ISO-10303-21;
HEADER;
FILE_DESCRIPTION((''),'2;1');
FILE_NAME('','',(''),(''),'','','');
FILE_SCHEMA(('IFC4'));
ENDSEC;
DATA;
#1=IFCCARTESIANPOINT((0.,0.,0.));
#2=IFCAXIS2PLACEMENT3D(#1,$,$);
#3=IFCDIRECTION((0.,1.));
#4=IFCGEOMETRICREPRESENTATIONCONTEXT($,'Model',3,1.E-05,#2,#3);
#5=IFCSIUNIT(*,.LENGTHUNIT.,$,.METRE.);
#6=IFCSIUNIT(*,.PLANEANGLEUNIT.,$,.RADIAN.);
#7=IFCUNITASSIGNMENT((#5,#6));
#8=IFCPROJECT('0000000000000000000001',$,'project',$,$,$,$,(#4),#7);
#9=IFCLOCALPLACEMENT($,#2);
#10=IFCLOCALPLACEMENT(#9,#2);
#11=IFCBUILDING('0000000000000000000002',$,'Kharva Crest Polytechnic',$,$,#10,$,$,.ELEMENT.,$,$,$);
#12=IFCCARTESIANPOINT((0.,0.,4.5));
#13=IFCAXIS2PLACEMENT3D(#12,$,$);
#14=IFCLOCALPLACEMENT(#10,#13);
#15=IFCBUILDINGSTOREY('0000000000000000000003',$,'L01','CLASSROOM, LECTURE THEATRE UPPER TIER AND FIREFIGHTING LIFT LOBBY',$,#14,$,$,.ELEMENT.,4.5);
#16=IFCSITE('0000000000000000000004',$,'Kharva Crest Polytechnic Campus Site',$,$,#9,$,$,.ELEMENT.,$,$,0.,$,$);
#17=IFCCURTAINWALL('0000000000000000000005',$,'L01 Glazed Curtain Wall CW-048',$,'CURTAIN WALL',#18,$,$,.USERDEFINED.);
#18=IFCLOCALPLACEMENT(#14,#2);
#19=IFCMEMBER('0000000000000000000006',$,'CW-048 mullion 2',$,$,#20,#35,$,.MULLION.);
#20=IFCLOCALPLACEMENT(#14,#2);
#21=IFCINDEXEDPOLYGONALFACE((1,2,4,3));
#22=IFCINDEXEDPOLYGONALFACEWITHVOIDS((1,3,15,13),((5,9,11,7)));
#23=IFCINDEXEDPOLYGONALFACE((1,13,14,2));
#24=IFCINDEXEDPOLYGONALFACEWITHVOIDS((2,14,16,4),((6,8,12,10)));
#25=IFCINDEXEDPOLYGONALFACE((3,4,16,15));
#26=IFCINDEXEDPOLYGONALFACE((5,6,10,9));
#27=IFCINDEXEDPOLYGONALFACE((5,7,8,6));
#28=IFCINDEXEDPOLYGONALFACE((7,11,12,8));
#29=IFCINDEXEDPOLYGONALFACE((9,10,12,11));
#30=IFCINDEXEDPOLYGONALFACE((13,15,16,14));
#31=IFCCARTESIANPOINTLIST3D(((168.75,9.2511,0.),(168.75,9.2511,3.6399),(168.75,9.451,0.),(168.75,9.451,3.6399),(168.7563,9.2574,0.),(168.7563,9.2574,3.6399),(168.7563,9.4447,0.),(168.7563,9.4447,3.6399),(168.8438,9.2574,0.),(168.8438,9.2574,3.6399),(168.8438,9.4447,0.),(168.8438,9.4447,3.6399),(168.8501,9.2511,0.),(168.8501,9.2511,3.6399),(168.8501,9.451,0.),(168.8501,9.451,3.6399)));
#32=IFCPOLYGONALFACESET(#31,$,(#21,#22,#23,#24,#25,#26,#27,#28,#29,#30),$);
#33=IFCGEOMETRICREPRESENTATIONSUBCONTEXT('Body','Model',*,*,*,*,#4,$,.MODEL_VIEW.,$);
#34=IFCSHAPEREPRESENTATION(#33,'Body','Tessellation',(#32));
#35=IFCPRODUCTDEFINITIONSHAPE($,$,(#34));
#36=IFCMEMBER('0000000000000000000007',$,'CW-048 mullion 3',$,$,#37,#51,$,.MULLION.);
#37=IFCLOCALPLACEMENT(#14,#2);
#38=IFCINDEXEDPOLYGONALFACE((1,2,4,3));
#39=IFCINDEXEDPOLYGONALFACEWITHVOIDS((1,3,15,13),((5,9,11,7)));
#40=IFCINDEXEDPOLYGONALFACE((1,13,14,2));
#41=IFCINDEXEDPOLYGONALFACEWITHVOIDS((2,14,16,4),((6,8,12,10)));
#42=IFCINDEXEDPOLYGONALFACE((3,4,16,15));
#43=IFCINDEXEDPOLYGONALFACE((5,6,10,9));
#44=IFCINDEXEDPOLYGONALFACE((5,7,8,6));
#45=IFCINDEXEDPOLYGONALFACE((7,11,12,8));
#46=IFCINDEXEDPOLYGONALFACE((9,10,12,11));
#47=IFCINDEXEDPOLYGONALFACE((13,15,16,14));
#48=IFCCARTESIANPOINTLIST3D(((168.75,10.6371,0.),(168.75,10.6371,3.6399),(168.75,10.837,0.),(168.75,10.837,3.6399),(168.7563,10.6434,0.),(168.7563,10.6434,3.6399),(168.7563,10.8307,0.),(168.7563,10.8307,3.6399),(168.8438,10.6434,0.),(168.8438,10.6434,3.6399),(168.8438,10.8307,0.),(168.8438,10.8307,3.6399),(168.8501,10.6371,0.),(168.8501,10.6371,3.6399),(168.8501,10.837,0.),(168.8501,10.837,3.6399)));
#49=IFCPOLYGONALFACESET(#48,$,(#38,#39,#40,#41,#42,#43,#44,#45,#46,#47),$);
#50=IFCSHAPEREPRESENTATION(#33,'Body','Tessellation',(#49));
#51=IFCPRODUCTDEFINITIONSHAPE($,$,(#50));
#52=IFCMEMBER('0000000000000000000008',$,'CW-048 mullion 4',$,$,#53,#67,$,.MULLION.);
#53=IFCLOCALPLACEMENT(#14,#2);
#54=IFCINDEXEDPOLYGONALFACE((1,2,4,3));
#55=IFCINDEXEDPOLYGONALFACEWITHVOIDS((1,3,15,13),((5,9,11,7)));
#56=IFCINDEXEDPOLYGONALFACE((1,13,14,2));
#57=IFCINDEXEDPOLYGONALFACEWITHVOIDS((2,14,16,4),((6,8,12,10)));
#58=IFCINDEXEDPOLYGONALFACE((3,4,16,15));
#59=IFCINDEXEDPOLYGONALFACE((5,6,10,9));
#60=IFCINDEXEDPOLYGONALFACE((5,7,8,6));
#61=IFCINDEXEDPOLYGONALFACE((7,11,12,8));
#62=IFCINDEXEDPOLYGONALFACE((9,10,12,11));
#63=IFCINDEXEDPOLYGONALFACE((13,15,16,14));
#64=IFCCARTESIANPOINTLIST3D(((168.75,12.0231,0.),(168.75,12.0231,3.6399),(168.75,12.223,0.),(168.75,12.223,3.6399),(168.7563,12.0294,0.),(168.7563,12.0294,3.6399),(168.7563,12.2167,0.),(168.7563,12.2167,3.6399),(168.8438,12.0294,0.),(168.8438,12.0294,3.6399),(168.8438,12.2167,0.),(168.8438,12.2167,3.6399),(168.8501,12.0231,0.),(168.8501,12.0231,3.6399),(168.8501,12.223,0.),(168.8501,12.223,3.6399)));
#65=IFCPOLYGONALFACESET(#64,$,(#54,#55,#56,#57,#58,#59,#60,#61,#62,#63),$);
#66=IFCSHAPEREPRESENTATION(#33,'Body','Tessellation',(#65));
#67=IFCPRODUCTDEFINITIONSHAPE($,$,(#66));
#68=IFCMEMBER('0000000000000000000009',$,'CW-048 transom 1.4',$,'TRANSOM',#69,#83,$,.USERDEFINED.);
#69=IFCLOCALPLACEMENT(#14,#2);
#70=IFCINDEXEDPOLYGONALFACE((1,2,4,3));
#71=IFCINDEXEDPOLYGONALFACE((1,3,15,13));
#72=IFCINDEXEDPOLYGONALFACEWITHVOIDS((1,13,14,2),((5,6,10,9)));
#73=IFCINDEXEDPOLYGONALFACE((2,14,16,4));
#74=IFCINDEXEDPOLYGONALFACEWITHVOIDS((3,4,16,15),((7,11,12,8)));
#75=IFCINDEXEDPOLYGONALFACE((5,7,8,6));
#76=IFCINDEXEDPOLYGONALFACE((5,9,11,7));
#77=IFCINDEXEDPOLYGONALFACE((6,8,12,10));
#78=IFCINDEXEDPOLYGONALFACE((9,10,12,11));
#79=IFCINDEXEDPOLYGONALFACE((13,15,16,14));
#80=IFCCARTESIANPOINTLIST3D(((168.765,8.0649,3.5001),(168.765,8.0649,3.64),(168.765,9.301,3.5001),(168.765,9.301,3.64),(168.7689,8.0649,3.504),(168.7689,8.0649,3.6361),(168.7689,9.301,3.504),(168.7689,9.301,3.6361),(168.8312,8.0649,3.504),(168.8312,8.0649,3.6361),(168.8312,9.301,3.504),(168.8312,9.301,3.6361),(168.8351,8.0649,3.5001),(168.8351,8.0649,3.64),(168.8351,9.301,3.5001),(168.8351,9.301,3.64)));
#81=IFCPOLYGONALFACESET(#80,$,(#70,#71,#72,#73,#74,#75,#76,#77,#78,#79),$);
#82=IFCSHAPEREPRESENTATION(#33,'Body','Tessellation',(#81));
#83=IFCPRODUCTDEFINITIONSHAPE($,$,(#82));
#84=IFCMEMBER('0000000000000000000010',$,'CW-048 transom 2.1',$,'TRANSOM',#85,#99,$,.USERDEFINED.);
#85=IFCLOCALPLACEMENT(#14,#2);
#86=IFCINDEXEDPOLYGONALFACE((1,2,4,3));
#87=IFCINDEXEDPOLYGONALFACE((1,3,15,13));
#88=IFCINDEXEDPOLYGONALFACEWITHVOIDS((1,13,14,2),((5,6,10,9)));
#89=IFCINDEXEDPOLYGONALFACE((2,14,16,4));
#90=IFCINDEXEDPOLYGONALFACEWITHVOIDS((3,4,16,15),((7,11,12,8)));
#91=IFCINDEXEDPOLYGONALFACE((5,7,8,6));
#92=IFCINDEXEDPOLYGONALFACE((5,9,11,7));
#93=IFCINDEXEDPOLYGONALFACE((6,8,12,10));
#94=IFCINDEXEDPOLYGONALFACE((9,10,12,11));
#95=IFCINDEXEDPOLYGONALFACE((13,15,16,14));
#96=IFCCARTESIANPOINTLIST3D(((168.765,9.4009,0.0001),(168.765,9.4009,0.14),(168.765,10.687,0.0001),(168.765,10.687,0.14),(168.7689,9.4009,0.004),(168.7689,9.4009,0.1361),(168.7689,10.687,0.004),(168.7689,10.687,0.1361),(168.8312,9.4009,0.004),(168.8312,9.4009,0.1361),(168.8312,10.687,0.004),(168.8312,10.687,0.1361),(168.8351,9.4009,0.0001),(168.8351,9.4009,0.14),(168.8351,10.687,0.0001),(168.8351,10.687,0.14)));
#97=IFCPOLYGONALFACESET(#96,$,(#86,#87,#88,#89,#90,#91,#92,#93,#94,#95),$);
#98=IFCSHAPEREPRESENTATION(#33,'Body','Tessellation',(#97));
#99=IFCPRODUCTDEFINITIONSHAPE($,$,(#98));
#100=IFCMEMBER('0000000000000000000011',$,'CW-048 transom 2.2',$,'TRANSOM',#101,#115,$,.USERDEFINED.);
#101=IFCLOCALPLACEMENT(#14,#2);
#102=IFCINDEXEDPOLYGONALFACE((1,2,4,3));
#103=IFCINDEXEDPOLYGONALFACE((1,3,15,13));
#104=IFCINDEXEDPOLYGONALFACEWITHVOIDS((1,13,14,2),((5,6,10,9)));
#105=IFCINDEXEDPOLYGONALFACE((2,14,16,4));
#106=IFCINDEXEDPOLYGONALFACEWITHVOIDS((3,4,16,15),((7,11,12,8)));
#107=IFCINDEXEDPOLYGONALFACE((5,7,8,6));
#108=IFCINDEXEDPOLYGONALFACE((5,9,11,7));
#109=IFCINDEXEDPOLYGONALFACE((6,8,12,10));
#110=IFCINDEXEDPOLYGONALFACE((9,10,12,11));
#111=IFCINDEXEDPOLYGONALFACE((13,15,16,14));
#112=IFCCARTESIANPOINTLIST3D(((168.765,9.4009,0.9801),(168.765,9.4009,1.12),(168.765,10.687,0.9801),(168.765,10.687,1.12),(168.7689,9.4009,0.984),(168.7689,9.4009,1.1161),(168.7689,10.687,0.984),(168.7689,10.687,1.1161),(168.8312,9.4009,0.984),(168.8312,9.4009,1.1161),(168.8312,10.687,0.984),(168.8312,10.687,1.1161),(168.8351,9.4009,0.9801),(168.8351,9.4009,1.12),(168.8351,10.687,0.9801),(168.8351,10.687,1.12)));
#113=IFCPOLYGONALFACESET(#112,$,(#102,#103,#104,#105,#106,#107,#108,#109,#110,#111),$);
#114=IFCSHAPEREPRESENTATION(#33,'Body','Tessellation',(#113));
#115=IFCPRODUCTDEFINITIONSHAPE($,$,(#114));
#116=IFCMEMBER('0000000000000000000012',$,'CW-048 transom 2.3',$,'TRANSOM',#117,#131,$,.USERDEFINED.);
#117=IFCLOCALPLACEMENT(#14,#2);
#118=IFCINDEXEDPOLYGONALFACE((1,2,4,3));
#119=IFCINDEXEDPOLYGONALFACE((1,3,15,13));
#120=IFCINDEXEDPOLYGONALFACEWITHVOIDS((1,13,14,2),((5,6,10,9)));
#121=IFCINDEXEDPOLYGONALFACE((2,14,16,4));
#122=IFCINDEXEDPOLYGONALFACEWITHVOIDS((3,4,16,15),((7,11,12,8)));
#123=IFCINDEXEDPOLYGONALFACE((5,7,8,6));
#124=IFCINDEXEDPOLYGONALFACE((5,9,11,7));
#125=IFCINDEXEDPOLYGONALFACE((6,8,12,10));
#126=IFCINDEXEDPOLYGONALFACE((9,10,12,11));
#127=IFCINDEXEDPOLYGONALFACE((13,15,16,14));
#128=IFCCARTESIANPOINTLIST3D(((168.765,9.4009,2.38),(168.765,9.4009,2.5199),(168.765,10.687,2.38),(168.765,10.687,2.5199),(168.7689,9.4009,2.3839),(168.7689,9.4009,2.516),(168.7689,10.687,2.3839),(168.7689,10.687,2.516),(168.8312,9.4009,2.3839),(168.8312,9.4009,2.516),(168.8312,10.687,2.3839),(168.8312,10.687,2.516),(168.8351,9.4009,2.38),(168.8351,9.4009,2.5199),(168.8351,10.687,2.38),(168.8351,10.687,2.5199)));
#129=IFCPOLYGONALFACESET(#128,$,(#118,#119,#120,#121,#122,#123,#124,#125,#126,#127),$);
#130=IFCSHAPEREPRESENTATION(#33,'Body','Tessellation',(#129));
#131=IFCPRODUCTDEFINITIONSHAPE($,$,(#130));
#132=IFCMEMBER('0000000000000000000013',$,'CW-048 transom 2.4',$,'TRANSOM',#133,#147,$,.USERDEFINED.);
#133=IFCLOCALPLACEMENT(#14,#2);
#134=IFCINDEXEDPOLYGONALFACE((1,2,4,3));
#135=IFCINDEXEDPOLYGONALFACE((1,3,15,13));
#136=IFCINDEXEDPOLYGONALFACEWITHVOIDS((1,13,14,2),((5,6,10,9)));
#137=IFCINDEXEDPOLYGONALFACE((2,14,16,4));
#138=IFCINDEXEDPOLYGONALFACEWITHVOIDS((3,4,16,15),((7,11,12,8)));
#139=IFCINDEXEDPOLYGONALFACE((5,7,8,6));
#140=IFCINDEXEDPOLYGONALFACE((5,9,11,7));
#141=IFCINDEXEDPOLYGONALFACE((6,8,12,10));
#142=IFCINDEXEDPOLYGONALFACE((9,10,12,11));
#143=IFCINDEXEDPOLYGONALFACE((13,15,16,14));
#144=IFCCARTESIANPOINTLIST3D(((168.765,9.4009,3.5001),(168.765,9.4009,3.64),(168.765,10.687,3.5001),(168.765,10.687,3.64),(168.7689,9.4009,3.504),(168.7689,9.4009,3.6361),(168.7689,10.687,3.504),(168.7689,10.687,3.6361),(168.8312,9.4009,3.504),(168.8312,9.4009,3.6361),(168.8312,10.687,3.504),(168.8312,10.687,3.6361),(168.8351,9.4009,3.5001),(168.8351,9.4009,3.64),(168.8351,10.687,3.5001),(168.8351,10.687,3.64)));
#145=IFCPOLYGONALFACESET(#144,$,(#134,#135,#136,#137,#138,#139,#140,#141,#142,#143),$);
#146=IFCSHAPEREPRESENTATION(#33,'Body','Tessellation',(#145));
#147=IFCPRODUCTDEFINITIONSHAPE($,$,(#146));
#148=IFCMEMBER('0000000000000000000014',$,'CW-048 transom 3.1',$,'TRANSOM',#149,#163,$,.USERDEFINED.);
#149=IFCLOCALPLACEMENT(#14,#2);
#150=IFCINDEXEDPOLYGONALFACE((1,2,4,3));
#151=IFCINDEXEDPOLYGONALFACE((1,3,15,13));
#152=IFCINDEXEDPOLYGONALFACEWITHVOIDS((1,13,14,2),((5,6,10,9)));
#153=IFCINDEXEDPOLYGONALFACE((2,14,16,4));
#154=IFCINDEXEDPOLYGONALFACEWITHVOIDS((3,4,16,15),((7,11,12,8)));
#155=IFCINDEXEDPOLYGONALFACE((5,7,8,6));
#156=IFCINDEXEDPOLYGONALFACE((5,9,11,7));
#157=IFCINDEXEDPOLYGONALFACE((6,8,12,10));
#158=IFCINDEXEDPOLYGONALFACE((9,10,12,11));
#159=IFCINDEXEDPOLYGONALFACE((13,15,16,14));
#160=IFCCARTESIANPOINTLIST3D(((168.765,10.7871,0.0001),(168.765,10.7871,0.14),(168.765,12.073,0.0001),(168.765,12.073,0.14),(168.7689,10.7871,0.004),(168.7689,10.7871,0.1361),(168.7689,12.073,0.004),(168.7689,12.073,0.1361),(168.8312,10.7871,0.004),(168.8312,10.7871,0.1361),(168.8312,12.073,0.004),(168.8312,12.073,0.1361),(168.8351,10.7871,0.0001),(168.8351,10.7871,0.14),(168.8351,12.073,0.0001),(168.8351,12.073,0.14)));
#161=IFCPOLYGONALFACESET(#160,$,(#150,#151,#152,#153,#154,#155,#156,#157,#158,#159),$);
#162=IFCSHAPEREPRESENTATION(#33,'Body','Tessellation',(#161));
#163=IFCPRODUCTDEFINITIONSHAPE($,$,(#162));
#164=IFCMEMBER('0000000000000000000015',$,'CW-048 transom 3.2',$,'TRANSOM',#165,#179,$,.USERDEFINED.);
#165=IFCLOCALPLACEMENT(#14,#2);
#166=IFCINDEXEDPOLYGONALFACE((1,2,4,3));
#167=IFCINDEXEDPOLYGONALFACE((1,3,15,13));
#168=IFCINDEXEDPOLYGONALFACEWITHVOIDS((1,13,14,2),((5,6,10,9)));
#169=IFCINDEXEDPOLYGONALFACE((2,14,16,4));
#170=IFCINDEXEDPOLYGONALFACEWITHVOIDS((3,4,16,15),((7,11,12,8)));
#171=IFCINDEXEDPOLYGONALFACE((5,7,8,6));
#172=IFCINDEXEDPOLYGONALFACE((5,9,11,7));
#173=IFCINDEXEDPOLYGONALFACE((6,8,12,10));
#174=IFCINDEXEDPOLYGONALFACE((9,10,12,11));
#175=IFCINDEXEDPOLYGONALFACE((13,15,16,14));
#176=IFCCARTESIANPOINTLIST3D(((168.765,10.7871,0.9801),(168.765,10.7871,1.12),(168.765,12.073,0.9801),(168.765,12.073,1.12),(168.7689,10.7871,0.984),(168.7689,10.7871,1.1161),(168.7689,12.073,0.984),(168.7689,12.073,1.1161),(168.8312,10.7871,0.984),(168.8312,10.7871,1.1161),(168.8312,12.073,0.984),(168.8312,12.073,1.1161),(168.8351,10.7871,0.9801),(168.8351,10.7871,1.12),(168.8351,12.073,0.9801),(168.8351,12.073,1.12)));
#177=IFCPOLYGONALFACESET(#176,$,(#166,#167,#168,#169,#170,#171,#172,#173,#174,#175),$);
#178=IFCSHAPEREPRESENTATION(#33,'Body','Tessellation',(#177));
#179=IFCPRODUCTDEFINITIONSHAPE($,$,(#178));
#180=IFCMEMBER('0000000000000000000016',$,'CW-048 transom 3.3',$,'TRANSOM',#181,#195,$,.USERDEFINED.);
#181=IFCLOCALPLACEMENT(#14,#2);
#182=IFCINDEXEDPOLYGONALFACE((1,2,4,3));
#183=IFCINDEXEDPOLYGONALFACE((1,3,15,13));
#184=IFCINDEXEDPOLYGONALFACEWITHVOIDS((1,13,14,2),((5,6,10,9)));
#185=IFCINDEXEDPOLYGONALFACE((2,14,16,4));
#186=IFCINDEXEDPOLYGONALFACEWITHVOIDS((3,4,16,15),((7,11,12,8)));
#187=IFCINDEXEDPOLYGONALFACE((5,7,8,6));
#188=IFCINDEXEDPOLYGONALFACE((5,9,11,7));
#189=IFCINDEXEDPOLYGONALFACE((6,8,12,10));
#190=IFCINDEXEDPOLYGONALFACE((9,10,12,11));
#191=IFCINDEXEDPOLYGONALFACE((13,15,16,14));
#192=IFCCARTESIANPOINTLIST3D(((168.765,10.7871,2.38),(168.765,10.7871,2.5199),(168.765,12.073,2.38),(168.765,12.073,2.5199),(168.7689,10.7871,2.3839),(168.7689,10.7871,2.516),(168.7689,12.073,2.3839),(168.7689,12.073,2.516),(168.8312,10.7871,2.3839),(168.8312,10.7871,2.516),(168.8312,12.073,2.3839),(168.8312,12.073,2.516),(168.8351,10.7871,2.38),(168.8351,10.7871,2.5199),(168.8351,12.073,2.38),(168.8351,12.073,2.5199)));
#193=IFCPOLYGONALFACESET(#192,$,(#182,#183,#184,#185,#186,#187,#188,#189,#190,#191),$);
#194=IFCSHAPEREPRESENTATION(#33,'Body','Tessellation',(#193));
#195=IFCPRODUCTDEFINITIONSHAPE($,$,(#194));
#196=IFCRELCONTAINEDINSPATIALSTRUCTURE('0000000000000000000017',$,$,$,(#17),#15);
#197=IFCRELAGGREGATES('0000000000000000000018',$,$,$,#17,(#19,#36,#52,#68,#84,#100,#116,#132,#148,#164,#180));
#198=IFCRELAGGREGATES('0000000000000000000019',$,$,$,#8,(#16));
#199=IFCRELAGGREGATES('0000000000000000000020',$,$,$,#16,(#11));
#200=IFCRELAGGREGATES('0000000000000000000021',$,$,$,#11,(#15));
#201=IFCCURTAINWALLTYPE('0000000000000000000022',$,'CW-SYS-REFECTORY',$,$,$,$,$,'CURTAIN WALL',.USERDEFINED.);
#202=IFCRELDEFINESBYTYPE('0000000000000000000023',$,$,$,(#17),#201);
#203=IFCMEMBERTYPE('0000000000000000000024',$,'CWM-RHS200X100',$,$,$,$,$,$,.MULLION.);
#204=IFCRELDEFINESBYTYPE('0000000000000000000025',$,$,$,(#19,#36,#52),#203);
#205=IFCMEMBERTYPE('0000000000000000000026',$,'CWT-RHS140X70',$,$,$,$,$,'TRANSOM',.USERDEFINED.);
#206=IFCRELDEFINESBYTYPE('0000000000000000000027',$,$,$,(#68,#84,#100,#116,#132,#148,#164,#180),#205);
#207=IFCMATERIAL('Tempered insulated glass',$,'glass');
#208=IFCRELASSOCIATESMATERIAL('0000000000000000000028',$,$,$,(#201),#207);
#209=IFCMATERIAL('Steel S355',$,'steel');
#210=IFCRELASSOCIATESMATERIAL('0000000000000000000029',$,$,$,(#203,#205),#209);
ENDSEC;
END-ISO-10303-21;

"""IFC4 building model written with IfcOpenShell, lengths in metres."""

from ifc_helpers import new_model, si_unit, direction, frame, origin, origin_2d, place, context, subcontext, project, spatial, hollow_rectangle, extrude, material, material_profile, profile_set, type_object, element, aggregate, save


model = new_model("IFC4")

# Units and contexts
model_context = context("Model", 3, precision=1e-05, world=origin(), true_north=direction((0.0, 1.0)))
body_context = subcontext(model_context, "Body", "Model", "MODEL_VIEW")
ifc_project = project(units=[si_unit("LENGTHUNIT", "METRE"), si_unit("PLANEANGLEUNIT", "RADIAN")], contexts=[model_context])

# Site, building, storey
site_placement = place(None, origin())
site = spatial("IfcSite", under=ifc_project, at=site_placement, Name="Kharva Crest Polytechnic Campus Site", CompositionType="ELEMENT", RefElevation=0.0)
building_placement = place(site_placement, origin())
building = spatial("IfcBuilding", under=site, at=building_placement, Name="Kharva Crest Polytechnic", CompositionType="ELEMENT")
storey_placement = place(building_placement, frame((0.0, 0.0, 4.5)))
storey = spatial("IfcBuildingStorey", under=building, at=storey_placement, Name="L01", Description="CLASSROOM, LECTURE THEATRE UPPER TIER AND FIREFIGHTING LIFT LOBBY", CompositionType="ELEMENT", Elevation=4.5)

# Curtain wall, members
ifc_material_1 = material(Name="Tempered insulated glass", Category="glass")
curtain_wall_type = type_object("IfcCurtainWallType", Name="CW-SYS-REFECTORY", ElementType="CURTAIN WALL", PredefinedType="USERDEFINED", material=ifc_material_1)
curtain_wall_placement = place(storey_placement, origin())
curtain_wall = element("IfcCurtainWall", 1, at=curtain_wall_placement, inside=storey, type_object=curtain_wall_type, Name="L01 Glazed Curtain Wall CW-048", ObjectType="CURTAIN WALL", PredefinedType="USERDEFINED")
ifc_material_2 = material(Name="Steel S355", Category="steel")
ifc_material_profile_1 = material_profile(ifc_material_2, hollow_rectangle(XDim=0.1001, YDim=0.2, WallThickness=0.0063, at=origin_2d()), Name="RHS 200X100X6.3")
ifc_profile_set_1 = profile_set([ifc_material_profile_1], Name="Steel S355")
member_type_1 = type_object("IfcMemberType", Name="CWM-RHS200X100", PredefinedType="MULLION", material=ifc_profile_set_1)
member_1_placement = place(storey_placement, frame((168.8, 9.3511, 0.0), z_axis=(0.0, 0.0, 1.0), x_axis=(-1.0, 0.0, 0.0)))
member_1 = element("IfcMember", 2, at=member_1_placement, type_object=member_type_1, Name="CW-048 mullion 2", PredefinedType="MULLION", context=body_context, shape_type="SweptSolid", body=[
    extrude(hollow_rectangle(XDim=0.1001, YDim=0.2, WallThickness=0.0063, at=origin_2d()), origin(), (0.0, 0.0, 1.0), 3.6399),
])
member_2_placement = place(storey_placement, frame((168.8, 10.7371, 0.0), z_axis=(0.0, 0.0, 1.0), x_axis=(-1.0, 0.0, 0.0)))
member_2 = element("IfcMember", 3, at=member_2_placement, type_object=member_type_1, Name="CW-048 mullion 3", PredefinedType="MULLION", context=body_context, shape_type="SweptSolid", body=[
    extrude(hollow_rectangle(XDim=0.1001, YDim=0.2, WallThickness=0.0063, at=origin_2d()), origin(), (0.0, 0.0, 1.0), 3.6399),
])
member_3_placement = place(storey_placement, frame((168.8, 12.123, 0.0), z_axis=(0.0, 0.0, 1.0), x_axis=(-1.0, 0.0, 0.0)))
member_3 = element("IfcMember", 4, at=member_3_placement, type_object=member_type_1, Name="CW-048 mullion 4", PredefinedType="MULLION", context=body_context, shape_type="SweptSolid", body=[
    extrude(hollow_rectangle(XDim=0.1001, YDim=0.2, WallThickness=0.0063, at=origin_2d()), origin(), (0.0, 0.0, 1.0), 3.6399),
])
ifc_material_profile_2 = material_profile(ifc_material_2, hollow_rectangle(XDim=0.0701, YDim=0.1399, WallThickness=0.0039, at=origin_2d()), Name="RHS 140X70X4.0")
ifc_profile_set_2 = profile_set([ifc_material_profile_2], Name="Steel S355")
member_type_2 = type_object("IfcMemberType", Name="CWT-RHS140X70", ElementType="TRANSOM", PredefinedType="USERDEFINED", material=ifc_profile_set_2)
member_4_placement = place(storey_placement, frame((168.8, 8.0649, 3.5701), z_axis=(0.0, 1.0, 0.0), x_axis=(-1.0, 0.0, 0.0)))
member_4 = element("IfcMember", 5, at=member_4_placement, type_object=member_type_2, Name="CW-048 transom 1.4", ObjectType="TRANSOM", PredefinedType="USERDEFINED", context=body_context, shape_type="SweptSolid", body=[
    extrude(hollow_rectangle(XDim=0.0701, YDim=0.1399, WallThickness=0.0039, at=origin_2d()), origin(), (0.0, 0.0, 1.0), 1.2361),
])
member_5_placement = place(storey_placement, frame((168.8, 9.4009, 0.0701), z_axis=(0.0, 1.0, 0.0), x_axis=(-1.0, 0.0, 0.0)))
member_5 = element("IfcMember", 6, at=member_5_placement, type_object=member_type_2, Name="CW-048 transom 2.1", ObjectType="TRANSOM", PredefinedType="USERDEFINED", context=body_context, shape_type="SweptSolid", body=[
    extrude(hollow_rectangle(XDim=0.0701, YDim=0.1399, WallThickness=0.0039, at=origin_2d()), origin(), (0.0, 0.0, 1.0), 1.2861),
])
member_6_placement = place(storey_placement, frame((168.8, 9.4009, 1.05), z_axis=(0.0, 1.0, 0.0), x_axis=(-1.0, 0.0, 0.0)))
member_6 = element("IfcMember", 7, at=member_6_placement, type_object=member_type_2, Name="CW-048 transom 2.2", ObjectType="TRANSOM", PredefinedType="USERDEFINED", context=body_context, shape_type="SweptSolid", body=[
    extrude(hollow_rectangle(XDim=0.0701, YDim=0.1399, WallThickness=0.0039, at=origin_2d()), origin(), (0.0, 0.0, 1.0), 1.2861),
])
member_7_placement = place(storey_placement, frame((168.8, 9.4009, 2.45), z_axis=(0.0, 1.0, 0.0), x_axis=(-1.0, 0.0, 0.0)))
member_7 = element("IfcMember", 8, at=member_7_placement, type_object=member_type_2, Name="CW-048 transom 2.3", ObjectType="TRANSOM", PredefinedType="USERDEFINED", context=body_context, shape_type="SweptSolid", body=[
    extrude(hollow_rectangle(XDim=0.0701, YDim=0.1399, WallThickness=0.0039, at=origin_2d()), origin(), (0.0, 0.0, 1.0), 1.2861),
])
member_8_placement = place(storey_placement, frame((168.8, 9.4009, 3.5701), z_axis=(0.0, 1.0, 0.0), x_axis=(-1.0, 0.0, 0.0)))
member_8 = element("IfcMember", 9, at=member_8_placement, type_object=member_type_2, Name="CW-048 transom 2.4", ObjectType="TRANSOM", PredefinedType="USERDEFINED", context=body_context, shape_type="SweptSolid", body=[
    extrude(hollow_rectangle(XDim=0.0701, YDim=0.1399, WallThickness=0.0039, at=origin_2d()), origin(), (0.0, 0.0, 1.0), 1.2861),
])
member_9_placement = place(storey_placement, frame((168.8, 10.7871, 0.0701), z_axis=(0.0, 1.0, 0.0), x_axis=(-1.0, 0.0, 0.0)))
member_9 = element("IfcMember", 10, at=member_9_placement, type_object=member_type_2, Name="CW-048 transom 3.1", ObjectType="TRANSOM", PredefinedType="USERDEFINED", context=body_context, shape_type="SweptSolid", body=[
    extrude(hollow_rectangle(XDim=0.0701, YDim=0.1399, WallThickness=0.0039, at=origin_2d()), origin(), (0.0, 0.0, 1.0), 1.2859),
])
member_10_placement = place(storey_placement, frame((168.8, 10.7871, 1.05), z_axis=(0.0, 1.0, 0.0), x_axis=(-1.0, 0.0, 0.0)))
member_10 = element("IfcMember", 11, at=member_10_placement, type_object=member_type_2, Name="CW-048 transom 3.2", ObjectType="TRANSOM", PredefinedType="USERDEFINED", context=body_context, shape_type="SweptSolid", body=[
    extrude(hollow_rectangle(XDim=0.0701, YDim=0.1399, WallThickness=0.0039, at=origin_2d()), origin(), (0.0, 0.0, 1.0), 1.2859),
])
member_11_placement = place(storey_placement, frame((168.8, 10.7871, 2.45), z_axis=(0.0, 1.0, 0.0), x_axis=(-1.0, 0.0, 0.0)))
member_11 = element("IfcMember", 12, at=member_11_placement, type_object=member_type_2, Name="CW-048 transom 3.3", ObjectType="TRANSOM", PredefinedType="USERDEFINED", context=body_context, shape_type="SweptSolid", body=[
    extrude(hollow_rectangle(XDim=0.0701, YDim=0.1399, WallThickness=0.0039, at=origin_2d()), origin(), (0.0, 0.0, 1.0), 1.2859),
])
aggregate(curtain_wall, [member_1, member_2, member_3, member_4, member_5, member_6, member_7, member_8, member_9, member_10, member_11])

save(model, "model.ifc")
